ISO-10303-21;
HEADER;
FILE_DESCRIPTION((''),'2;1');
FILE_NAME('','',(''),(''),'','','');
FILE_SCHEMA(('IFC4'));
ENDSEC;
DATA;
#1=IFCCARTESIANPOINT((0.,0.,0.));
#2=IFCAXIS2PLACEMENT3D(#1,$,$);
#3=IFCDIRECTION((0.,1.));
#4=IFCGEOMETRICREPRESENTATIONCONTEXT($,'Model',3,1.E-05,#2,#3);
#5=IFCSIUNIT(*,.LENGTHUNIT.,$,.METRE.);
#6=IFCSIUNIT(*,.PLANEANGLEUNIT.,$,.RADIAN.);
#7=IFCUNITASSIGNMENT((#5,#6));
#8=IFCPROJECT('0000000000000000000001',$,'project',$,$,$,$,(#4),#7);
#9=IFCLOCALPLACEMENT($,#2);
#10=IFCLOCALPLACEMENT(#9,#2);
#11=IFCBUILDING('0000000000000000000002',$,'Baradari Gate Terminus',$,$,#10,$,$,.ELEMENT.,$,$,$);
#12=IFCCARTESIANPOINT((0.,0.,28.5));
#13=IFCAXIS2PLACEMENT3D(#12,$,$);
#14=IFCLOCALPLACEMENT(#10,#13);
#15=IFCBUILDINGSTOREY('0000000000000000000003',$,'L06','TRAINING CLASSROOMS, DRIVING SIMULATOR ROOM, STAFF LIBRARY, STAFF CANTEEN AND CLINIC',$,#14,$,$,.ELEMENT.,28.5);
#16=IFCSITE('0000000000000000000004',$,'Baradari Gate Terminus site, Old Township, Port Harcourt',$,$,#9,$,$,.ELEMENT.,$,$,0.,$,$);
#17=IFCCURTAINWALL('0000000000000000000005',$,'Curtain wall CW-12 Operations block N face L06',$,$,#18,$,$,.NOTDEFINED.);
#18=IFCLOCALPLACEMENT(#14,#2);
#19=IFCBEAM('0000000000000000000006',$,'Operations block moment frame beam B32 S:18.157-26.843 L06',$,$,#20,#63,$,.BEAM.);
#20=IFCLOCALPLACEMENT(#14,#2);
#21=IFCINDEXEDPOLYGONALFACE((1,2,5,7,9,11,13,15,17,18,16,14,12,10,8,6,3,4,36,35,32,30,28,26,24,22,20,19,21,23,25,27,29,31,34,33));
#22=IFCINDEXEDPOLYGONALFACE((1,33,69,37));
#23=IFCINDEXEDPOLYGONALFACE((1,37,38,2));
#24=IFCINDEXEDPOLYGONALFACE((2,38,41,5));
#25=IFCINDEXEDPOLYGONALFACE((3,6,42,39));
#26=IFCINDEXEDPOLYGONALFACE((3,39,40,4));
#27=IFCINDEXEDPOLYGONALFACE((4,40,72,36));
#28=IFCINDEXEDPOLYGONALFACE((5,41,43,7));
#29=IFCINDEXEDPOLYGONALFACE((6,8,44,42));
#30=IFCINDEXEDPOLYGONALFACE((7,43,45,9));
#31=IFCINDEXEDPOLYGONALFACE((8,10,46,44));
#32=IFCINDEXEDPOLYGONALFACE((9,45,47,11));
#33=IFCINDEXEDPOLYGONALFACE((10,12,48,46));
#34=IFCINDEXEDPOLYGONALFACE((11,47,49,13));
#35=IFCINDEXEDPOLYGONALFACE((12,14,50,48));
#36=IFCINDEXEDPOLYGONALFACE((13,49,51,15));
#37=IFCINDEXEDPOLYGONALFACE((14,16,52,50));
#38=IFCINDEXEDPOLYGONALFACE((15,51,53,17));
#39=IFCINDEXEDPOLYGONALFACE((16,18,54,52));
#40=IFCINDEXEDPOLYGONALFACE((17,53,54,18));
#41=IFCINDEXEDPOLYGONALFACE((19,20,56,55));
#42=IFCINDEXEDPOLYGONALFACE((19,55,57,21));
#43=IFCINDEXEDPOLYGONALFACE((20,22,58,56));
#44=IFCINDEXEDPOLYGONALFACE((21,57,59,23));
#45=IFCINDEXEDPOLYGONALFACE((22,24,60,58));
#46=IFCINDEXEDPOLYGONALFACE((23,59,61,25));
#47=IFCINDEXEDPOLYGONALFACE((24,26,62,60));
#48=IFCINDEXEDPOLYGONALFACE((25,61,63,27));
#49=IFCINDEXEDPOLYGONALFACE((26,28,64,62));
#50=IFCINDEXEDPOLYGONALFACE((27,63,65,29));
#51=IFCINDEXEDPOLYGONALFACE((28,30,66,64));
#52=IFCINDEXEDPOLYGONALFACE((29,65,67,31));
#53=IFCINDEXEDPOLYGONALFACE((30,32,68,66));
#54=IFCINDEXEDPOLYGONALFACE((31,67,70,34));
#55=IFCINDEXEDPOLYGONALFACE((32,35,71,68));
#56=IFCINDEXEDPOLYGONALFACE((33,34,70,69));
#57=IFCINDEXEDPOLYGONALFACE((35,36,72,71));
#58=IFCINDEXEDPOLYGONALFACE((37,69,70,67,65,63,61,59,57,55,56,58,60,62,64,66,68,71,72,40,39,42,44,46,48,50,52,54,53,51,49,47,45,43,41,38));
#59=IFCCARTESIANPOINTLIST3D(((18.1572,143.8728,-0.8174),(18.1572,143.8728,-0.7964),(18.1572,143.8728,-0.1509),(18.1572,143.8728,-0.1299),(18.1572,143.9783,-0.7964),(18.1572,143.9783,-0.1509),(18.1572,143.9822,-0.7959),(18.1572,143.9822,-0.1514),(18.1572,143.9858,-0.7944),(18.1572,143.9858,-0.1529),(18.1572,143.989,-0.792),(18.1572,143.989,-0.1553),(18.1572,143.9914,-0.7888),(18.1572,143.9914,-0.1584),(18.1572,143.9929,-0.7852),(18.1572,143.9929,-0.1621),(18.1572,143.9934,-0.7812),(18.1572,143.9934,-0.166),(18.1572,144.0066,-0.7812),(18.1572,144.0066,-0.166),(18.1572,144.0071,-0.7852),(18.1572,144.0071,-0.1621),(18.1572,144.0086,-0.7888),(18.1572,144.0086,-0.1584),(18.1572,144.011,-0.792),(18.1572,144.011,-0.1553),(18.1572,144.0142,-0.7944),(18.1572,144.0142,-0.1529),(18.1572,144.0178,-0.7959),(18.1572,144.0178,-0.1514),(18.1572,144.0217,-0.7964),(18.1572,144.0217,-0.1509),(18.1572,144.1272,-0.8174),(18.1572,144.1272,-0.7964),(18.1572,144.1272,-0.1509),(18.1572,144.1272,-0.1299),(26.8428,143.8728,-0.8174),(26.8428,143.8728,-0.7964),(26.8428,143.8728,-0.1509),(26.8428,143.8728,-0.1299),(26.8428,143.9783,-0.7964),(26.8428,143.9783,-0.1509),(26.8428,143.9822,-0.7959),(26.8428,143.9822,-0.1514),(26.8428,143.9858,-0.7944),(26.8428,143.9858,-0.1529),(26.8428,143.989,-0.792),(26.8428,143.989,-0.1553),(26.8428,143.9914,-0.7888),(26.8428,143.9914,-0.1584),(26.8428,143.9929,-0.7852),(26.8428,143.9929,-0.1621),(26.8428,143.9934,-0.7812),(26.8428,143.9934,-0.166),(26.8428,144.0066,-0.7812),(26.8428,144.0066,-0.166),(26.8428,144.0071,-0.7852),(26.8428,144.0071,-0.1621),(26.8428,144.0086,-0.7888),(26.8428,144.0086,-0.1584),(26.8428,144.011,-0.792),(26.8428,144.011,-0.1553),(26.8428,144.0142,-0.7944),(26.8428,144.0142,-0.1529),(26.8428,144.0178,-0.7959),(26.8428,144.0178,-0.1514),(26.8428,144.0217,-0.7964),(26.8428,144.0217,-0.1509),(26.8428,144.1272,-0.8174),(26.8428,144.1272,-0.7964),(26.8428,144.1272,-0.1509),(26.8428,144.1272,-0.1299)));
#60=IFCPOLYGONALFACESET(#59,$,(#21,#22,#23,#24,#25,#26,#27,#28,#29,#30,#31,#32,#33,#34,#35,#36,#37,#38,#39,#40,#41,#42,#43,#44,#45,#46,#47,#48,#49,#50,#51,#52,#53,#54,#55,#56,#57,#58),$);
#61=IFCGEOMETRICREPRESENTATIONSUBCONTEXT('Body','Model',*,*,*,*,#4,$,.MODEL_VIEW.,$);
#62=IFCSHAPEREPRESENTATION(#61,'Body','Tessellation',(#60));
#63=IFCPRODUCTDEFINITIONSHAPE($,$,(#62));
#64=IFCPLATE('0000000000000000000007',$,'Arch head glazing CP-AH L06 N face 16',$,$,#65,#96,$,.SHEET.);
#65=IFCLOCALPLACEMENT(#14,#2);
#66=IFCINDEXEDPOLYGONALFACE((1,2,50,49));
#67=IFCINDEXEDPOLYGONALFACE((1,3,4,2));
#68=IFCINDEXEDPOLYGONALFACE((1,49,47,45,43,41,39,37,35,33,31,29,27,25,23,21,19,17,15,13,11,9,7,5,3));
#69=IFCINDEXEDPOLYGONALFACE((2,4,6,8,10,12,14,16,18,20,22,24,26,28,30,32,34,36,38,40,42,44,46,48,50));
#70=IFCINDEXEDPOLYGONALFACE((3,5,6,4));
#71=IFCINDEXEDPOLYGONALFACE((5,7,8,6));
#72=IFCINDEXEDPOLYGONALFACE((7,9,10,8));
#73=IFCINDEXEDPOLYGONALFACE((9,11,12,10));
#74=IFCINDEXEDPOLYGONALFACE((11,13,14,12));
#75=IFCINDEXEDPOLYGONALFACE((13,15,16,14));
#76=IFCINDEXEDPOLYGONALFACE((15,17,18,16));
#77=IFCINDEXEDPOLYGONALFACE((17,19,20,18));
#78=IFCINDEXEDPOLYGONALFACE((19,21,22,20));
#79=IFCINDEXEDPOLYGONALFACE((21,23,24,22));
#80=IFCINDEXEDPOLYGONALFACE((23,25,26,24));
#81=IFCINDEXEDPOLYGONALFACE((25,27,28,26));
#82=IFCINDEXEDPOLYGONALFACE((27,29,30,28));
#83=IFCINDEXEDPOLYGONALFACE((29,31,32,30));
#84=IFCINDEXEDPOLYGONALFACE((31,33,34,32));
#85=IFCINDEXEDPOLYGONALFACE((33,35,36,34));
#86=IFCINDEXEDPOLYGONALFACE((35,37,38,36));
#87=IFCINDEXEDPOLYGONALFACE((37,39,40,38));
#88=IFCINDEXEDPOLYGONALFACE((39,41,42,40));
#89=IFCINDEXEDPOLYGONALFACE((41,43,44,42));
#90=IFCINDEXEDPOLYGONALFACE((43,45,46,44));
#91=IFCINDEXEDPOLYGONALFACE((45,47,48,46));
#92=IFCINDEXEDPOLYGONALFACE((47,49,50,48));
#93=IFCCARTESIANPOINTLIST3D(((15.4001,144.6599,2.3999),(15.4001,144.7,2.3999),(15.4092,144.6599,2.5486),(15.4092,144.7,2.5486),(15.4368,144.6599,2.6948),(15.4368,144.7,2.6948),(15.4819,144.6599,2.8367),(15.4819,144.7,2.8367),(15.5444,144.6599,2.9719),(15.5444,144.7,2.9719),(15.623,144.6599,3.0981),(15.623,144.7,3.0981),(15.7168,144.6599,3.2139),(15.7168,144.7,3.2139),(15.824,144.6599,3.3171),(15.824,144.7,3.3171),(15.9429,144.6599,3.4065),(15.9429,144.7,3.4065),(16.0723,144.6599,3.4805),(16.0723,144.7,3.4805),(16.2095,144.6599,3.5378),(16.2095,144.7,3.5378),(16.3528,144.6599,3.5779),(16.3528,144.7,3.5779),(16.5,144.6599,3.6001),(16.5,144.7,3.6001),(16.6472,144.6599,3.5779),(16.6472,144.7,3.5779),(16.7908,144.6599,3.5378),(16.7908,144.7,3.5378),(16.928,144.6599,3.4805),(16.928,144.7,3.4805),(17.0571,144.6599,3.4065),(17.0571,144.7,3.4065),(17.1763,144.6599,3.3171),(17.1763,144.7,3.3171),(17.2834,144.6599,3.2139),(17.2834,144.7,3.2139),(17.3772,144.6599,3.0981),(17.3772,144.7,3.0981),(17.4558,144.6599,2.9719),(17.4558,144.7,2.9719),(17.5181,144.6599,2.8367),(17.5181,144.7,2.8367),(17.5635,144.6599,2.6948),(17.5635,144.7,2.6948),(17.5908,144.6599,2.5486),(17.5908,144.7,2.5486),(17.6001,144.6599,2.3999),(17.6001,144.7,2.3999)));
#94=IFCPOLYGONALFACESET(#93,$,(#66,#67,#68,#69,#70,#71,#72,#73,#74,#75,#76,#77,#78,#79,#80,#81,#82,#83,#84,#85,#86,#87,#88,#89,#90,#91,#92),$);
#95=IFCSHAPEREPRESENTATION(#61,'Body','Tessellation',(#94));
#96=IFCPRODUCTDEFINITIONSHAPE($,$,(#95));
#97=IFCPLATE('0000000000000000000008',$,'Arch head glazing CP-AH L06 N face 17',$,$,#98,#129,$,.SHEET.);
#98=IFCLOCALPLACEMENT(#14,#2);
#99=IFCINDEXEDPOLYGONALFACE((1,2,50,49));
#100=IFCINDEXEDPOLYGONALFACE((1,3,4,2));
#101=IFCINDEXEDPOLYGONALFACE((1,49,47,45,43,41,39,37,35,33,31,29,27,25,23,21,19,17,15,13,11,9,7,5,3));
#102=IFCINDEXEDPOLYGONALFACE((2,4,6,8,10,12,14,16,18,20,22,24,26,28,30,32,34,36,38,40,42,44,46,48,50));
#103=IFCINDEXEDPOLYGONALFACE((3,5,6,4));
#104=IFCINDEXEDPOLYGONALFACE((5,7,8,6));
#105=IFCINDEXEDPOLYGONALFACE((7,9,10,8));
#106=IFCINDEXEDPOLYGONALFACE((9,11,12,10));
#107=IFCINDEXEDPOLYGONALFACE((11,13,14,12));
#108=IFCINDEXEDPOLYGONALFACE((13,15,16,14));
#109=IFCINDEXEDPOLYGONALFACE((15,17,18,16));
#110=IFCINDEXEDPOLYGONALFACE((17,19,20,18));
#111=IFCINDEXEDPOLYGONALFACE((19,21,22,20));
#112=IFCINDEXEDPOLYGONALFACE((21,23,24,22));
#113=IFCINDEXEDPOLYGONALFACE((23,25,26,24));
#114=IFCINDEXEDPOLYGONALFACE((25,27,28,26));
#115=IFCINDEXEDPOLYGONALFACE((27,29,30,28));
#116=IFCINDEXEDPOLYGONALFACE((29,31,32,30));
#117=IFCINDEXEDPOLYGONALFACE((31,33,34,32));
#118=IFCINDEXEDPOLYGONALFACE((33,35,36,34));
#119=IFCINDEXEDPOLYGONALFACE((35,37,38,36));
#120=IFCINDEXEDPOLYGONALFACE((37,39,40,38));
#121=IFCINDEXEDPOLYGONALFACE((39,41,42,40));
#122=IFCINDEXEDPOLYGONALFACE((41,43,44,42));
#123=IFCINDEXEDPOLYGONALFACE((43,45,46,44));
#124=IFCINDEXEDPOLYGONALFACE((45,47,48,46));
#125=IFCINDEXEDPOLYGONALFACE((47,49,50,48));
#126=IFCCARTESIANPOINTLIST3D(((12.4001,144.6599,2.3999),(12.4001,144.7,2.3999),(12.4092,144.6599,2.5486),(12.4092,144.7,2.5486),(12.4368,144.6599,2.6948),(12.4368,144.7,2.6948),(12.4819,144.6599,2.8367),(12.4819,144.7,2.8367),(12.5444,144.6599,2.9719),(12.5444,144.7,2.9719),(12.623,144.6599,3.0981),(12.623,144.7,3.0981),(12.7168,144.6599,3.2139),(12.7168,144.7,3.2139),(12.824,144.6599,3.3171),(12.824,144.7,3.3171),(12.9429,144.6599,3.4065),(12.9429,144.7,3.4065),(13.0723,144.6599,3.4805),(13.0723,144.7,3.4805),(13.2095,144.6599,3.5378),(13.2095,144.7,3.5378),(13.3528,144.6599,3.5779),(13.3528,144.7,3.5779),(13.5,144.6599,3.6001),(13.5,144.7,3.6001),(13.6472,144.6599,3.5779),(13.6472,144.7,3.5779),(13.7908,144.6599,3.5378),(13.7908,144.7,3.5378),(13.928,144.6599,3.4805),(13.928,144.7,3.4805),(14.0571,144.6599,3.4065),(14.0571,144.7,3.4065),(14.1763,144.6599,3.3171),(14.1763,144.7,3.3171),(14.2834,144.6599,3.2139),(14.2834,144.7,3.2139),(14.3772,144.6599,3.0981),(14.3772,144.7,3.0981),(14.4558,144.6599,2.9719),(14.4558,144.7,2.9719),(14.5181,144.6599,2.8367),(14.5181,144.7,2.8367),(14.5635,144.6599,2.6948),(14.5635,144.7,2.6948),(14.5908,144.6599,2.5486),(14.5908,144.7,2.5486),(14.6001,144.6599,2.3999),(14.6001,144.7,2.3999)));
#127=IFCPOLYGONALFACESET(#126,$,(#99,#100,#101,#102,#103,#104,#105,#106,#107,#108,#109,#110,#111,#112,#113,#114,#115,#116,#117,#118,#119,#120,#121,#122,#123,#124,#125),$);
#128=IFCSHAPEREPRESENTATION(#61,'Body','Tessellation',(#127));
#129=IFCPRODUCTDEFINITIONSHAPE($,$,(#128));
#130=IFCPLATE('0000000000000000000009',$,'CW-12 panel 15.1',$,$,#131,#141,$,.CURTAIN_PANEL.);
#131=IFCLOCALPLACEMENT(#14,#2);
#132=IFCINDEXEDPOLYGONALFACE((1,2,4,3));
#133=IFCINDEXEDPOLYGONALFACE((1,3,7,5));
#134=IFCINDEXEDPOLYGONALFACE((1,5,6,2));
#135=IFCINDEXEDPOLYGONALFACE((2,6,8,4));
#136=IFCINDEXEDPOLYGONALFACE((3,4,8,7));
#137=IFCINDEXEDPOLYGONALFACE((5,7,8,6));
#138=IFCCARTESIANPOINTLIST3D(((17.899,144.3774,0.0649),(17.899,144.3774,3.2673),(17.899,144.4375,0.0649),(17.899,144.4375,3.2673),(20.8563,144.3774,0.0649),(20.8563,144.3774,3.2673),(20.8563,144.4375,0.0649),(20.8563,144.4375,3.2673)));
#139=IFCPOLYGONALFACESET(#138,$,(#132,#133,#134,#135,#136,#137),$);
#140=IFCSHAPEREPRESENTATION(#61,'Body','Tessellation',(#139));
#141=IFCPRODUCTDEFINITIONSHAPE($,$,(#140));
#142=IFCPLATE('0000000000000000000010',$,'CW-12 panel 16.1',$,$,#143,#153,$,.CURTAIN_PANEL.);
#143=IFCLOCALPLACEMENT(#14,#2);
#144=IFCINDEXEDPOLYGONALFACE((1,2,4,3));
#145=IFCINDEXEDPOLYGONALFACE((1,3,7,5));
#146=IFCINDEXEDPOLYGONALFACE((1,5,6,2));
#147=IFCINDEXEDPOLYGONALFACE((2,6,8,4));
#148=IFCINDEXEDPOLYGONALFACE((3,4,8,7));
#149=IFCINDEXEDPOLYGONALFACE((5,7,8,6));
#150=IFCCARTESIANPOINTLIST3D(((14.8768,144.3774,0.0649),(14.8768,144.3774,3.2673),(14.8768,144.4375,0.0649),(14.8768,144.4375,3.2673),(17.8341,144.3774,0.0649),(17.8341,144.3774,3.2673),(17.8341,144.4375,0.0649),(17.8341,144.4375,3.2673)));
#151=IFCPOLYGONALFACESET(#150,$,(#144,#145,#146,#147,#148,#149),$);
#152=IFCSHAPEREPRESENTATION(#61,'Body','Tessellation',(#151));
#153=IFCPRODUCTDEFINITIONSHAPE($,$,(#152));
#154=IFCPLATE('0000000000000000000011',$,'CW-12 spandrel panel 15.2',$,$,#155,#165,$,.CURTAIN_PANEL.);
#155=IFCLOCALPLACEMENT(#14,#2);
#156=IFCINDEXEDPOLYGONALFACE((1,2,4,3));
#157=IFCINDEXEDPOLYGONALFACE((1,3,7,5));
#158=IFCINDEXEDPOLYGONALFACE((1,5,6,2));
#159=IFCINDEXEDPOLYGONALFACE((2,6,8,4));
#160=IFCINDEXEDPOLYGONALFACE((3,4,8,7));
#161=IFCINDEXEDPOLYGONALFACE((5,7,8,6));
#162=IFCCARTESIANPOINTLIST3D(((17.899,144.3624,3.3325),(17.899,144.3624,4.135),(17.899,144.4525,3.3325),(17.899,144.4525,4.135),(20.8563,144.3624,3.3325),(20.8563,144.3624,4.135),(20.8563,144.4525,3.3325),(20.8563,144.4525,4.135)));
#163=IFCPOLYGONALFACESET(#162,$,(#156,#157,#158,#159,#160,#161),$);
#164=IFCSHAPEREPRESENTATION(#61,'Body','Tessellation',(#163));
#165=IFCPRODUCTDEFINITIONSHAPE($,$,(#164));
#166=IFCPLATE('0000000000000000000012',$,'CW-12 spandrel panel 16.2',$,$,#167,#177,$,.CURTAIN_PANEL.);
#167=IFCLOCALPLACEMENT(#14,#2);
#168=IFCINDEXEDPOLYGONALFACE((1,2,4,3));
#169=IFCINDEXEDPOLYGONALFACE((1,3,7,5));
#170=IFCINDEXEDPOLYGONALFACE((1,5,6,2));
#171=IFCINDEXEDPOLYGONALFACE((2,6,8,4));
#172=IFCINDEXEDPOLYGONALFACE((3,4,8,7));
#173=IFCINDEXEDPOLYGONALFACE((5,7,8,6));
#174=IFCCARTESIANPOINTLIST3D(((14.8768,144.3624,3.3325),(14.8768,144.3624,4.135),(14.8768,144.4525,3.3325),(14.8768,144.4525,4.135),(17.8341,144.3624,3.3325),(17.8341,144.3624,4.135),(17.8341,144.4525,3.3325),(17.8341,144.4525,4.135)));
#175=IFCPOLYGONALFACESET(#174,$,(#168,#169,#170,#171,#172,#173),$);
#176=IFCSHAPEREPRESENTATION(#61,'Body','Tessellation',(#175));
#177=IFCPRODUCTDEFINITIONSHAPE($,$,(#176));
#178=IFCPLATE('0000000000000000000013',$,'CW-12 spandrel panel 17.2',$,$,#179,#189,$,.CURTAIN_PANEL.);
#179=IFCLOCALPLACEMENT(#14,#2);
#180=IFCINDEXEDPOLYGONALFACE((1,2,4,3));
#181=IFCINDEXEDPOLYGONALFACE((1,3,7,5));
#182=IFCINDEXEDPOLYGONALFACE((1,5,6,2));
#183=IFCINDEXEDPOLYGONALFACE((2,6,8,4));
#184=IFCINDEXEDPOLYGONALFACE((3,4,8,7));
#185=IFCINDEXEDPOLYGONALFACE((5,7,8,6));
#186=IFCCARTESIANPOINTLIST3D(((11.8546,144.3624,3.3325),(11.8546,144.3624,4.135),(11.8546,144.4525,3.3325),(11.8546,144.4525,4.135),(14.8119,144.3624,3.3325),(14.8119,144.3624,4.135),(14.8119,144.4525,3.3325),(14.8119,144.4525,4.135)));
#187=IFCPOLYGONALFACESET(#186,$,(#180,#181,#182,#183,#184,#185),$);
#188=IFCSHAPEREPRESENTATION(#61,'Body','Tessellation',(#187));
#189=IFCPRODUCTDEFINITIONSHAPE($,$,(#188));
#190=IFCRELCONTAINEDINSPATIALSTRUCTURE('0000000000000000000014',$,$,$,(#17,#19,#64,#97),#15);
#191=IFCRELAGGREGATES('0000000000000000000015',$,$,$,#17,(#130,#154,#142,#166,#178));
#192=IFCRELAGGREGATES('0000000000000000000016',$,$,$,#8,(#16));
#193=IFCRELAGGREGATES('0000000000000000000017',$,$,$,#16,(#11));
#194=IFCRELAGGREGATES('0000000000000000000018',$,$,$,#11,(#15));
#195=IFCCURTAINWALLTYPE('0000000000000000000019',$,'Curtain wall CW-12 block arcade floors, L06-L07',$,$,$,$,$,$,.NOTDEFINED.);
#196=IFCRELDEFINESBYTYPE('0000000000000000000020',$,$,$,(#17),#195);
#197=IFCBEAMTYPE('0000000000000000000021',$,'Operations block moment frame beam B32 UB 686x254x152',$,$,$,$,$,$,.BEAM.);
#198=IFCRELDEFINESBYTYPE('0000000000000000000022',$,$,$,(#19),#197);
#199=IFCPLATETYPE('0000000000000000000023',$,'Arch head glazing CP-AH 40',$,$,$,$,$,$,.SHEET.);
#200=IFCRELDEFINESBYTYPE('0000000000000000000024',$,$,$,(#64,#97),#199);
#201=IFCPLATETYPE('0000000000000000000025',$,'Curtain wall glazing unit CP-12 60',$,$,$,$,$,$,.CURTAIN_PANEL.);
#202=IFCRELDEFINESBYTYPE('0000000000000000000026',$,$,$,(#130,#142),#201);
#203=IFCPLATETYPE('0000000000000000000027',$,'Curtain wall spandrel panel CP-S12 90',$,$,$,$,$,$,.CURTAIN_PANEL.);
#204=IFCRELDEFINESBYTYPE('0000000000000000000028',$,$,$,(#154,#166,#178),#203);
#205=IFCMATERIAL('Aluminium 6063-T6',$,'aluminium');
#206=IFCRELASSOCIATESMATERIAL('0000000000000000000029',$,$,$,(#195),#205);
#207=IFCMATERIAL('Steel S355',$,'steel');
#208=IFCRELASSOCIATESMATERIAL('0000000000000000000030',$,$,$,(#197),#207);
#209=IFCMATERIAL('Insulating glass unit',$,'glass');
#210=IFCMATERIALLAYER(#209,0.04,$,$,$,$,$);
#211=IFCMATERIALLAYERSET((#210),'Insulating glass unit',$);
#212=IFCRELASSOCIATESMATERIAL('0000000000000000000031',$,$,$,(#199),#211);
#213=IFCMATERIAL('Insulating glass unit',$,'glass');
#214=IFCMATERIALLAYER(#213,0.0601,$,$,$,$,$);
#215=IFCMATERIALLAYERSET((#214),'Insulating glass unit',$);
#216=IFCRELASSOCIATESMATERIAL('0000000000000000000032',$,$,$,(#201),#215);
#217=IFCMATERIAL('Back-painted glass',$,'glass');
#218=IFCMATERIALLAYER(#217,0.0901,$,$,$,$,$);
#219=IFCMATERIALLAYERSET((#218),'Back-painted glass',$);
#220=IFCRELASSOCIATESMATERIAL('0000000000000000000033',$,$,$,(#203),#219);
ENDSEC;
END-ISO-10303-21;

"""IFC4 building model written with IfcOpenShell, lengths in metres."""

from ifc_helpers import new_model, si_unit, direction, frame, origin, origin_2d, place, context, subcontext, project, spatial, polyline, rectangle, i_section, outline, extrude, material, layer, layer_set, material_profile, profile_set, type_object, element, aggregate, save


model = new_model("IFC4")

# Units and contexts
model_context = context("Model", 3, precision=1e-05, world=origin(), true_north=direction((0.0, 1.0)))
body_context = subcontext(model_context, "Body", "Model", "MODEL_VIEW")
ifc_project = project(units=[si_unit("LENGTHUNIT", "METRE"), si_unit("PLANEANGLEUNIT", "RADIAN")], contexts=[model_context])

# Site, building, storey
site_placement = place(None, origin())
site = spatial("IfcSite", under=ifc_project, at=site_placement, Name="Baradari Gate Terminus site, Old Township, Port Harcourt", CompositionType="ELEMENT", RefElevation=0.0)
building_placement = place(site_placement, origin())
building = spatial("IfcBuilding", under=site, at=building_placement, Name="Baradari Gate Terminus", CompositionType="ELEMENT")
storey_placement = place(building_placement, frame((0.0, 0.0, 28.5)))
storey = spatial("IfcBuildingStorey", under=building, at=storey_placement, Name="L06", Description="TRAINING CLASSROOMS, DRIVING SIMULATOR ROOM, STAFF LIBRARY, STAFF CANTEEN AND CLINIC", CompositionType="ELEMENT", Elevation=28.5)

# Curtain wall
ifc_material_1 = material(Name="Aluminium 6063-T6", Category="aluminium")
curtain_wall_type = type_object("IfcCurtainWallType", Name="Curtain wall CW-12 block arcade floors, L06-L07", PredefinedType="NOTDEFINED", material=ifc_material_1)
curtain_wall_placement = place(storey_placement, origin())
curtain_wall = element("IfcCurtainWall", 1, at=curtain_wall_placement, inside=storey, type_object=curtain_wall_type, Name="Curtain wall CW-12 Operations block N face L06", PredefinedType="NOTDEFINED")

# Beam
ifc_material_2 = material(Name="Steel S355", Category="steel")
ifc_material_profile_1 = material_profile(ifc_material_2, i_section(OverallWidth=0.2544, OverallDepth=0.6875, WebThickness=0.0132, FlangeThickness=0.021, FilletRadius=0.0151, at=origin_2d()), Name="UB 686x254x152")
ifc_profile_set_1 = profile_set([ifc_material_profile_1], Name="Steel S355")
beam_type = type_object("IfcBeamType", Name="Operations block moment frame beam B32 UB 686x254x152", PredefinedType="BEAM", material=ifc_profile_set_1)
beam_placement = place(storey_placement, frame((18.1572, 144.0, -0.4736), z_axis=(1.0, 0.0, 0.0), x_axis=(0.0, 1.0, 0.0)))
element("IfcBeam", 2, at=beam_placement, inside=storey, type_object=beam_type, Name="Operations block moment frame beam B32 S:18.157-26.843 L06", PredefinedType="BEAM", context=body_context, shape_type="SweptSolid", body=[
    extrude(i_section(OverallWidth=0.2544, OverallDepth=0.6875, WebThickness=0.0132, FlangeThickness=0.021, FilletRadius=0.0151, at=origin_2d()), origin(), (0.0, 0.0, 1.0), 8.6855),
])

# Plates
ifc_material_3 = material(Name="Insulating glass unit", Category="glass")
ifc_layer_1 = layer(ifc_material_3, 0.04)
ifc_layer_set_1 = layer_set([ifc_layer_1], Name="Insulating glass unit")
plate_type_1 = type_object("IfcPlateType", Name="Arch head glazing CP-AH 40", PredefinedType="SHEET", material=ifc_layer_set_1)
for number, where, z_axis, x_axis, name in (
    (3, (17.6001, 144.6799, 2.3999), (0.0, 0.0, 1.0), (-1.0, 0.0, 0.0), "Arch head glazing CP-AH L06 N face 16"),
    (4, (14.6001, 144.6799, 2.3999), (0.0, 0.0, 1.0), (-1.0, 0.0, 0.0), "Arch head glazing CP-AH L06 N face 17"),
):
    element("IfcPlate", number, at=place(storey_placement, frame(where, z_axis=z_axis, x_axis=x_axis)), inside=storey, type_object=plate_type_1, Name=name, PredefinedType="SHEET", context=body_context, shape_type="SweptSolid", body=[
        extrude(outline(polyline([(0.0, 0.0), (2.2, 0.0), (2.1909, 0.1487), (2.1633, 0.2949), (2.1182, 0.4368), (2.0557, 0.572), (1.9771, 0.6982), (1.8833, 0.814), (1.7761, 0.9172), (1.6572, 1.0066), (1.5278, 1.0806), (1.3906, 1.1379), (1.2473, 1.178), (1.1001, 1.2002), (0.9529, 1.178), (0.8093, 1.1379), (0.6721, 1.0806), (0.543, 1.0066), (0.4238, 0.9172), (0.3167, 0.814), (0.2229, 0.6982), (0.1443, 0.572), (0.082, 0.4368), (0.0366, 0.2949), (0.0093, 0.1487), (0.0, 0.0)])), frame((0.0, 0.02, 0.0), z_axis=(0.0, -1.0, 0.0), x_axis=(1.0, 0.0, 0.0)), (0.0, 0.0, 1.0), 0.04),
    ])

# Plates
ifc_material_4 = material(Name="Insulating glass unit", Category="glass")
ifc_layer_2 = layer(ifc_material_4, 0.0601)
ifc_layer_set_2 = layer_set([ifc_layer_2], Name="Insulating glass unit")
plate_type_2 = type_object("IfcPlateType", Name="Curtain wall glazing unit CP-12 60", PredefinedType="CURTAIN_PANEL", material=ifc_layer_set_2)
plate_1_placement = place(storey_placement, frame((19.3777, 144.4075, 0.0649), z_axis=(0.0, 0.0, 1.0), x_axis=(-1.0, 0.0, 0.0)))
plate_1 = element("IfcPlate", 5, at=plate_1_placement, type_object=plate_type_2, Name="CW-12 panel 15.1", PredefinedType="CURTAIN_PANEL", context=body_context, shape_type="SweptSolid", body=[
    extrude(rectangle(XDim=2.9573, YDim=0.0601, at=origin_2d()), origin(), (0.0, 0.0, 1.0), 3.2024),
])
plate_2_placement = place(storey_placement, frame((16.3555, 144.4075, 0.0649), z_axis=(0.0, 0.0, 1.0), x_axis=(-1.0, 0.0, 0.0)))
plate_2 = element("IfcPlate", 6, at=plate_2_placement, type_object=plate_type_2, Name="CW-12 panel 16.1", PredefinedType="CURTAIN_PANEL", context=body_context, shape_type="SweptSolid", body=[
    extrude(rectangle(XDim=2.9573, YDim=0.0601, at=origin_2d()), origin(), (0.0, 0.0, 1.0), 3.2024),
])
ifc_material_5 = material(Name="Back-painted glass", Category="glass")
ifc_layer_3 = layer(ifc_material_5, 0.0901)
ifc_layer_set_3 = layer_set([ifc_layer_3], Name="Back-painted glass")
plate_type_3 = type_object("IfcPlateType", Name="Curtain wall spandrel panel CP-S12 90", PredefinedType="CURTAIN_PANEL", material=ifc_layer_set_3)
plate_3_placement = place(storey_placement, frame((19.3777, 144.4075, 3.3325), z_axis=(0.0, 0.0, 1.0), x_axis=(-1.0, 0.0, 0.0)))
plate_3 = element("IfcPlate", 7, at=plate_3_placement, type_object=plate_type_3, Name="CW-12 spandrel panel 15.2", PredefinedType="CURTAIN_PANEL", context=body_context, shape_type="SweptSolid", body=[
    extrude(rectangle(XDim=2.9573, YDim=0.0901, at=origin_2d()), origin(), (0.0, 0.0, 1.0), 0.8025),
])
plate_4_placement = place(storey_placement, frame((16.3555, 144.4075, 3.3325), z_axis=(0.0, 0.0, 1.0), x_axis=(-1.0, 0.0, 0.0)))
plate_4 = element("IfcPlate", 8, at=plate_4_placement, type_object=plate_type_3, Name="CW-12 spandrel panel 16.2", PredefinedType="CURTAIN_PANEL", context=body_context, shape_type="SweptSolid", body=[
    extrude(rectangle(XDim=2.9573, YDim=0.0901, at=origin_2d()), origin(), (0.0, 0.0, 1.0), 0.8025),
])
plate_5_placement = place(storey_placement, frame((13.3333, 144.4075, 3.3325), z_axis=(0.0, 0.0, 1.0), x_axis=(-1.0, 0.0, 0.0)))
plate_5 = element("IfcPlate", 9, at=plate_5_placement, type_object=plate_type_3, Name="CW-12 spandrel panel 17.2", PredefinedType="CURTAIN_PANEL", context=body_context, shape_type="SweptSolid", body=[
    extrude(rectangle(XDim=2.9573, YDim=0.0901, at=origin_2d()), origin(), (0.0, 0.0, 1.0), 0.8025),
])
aggregate(curtain_wall, [plate_1, plate_3, plate_2, plate_4, plate_5])

save(model, "model.ifc")
